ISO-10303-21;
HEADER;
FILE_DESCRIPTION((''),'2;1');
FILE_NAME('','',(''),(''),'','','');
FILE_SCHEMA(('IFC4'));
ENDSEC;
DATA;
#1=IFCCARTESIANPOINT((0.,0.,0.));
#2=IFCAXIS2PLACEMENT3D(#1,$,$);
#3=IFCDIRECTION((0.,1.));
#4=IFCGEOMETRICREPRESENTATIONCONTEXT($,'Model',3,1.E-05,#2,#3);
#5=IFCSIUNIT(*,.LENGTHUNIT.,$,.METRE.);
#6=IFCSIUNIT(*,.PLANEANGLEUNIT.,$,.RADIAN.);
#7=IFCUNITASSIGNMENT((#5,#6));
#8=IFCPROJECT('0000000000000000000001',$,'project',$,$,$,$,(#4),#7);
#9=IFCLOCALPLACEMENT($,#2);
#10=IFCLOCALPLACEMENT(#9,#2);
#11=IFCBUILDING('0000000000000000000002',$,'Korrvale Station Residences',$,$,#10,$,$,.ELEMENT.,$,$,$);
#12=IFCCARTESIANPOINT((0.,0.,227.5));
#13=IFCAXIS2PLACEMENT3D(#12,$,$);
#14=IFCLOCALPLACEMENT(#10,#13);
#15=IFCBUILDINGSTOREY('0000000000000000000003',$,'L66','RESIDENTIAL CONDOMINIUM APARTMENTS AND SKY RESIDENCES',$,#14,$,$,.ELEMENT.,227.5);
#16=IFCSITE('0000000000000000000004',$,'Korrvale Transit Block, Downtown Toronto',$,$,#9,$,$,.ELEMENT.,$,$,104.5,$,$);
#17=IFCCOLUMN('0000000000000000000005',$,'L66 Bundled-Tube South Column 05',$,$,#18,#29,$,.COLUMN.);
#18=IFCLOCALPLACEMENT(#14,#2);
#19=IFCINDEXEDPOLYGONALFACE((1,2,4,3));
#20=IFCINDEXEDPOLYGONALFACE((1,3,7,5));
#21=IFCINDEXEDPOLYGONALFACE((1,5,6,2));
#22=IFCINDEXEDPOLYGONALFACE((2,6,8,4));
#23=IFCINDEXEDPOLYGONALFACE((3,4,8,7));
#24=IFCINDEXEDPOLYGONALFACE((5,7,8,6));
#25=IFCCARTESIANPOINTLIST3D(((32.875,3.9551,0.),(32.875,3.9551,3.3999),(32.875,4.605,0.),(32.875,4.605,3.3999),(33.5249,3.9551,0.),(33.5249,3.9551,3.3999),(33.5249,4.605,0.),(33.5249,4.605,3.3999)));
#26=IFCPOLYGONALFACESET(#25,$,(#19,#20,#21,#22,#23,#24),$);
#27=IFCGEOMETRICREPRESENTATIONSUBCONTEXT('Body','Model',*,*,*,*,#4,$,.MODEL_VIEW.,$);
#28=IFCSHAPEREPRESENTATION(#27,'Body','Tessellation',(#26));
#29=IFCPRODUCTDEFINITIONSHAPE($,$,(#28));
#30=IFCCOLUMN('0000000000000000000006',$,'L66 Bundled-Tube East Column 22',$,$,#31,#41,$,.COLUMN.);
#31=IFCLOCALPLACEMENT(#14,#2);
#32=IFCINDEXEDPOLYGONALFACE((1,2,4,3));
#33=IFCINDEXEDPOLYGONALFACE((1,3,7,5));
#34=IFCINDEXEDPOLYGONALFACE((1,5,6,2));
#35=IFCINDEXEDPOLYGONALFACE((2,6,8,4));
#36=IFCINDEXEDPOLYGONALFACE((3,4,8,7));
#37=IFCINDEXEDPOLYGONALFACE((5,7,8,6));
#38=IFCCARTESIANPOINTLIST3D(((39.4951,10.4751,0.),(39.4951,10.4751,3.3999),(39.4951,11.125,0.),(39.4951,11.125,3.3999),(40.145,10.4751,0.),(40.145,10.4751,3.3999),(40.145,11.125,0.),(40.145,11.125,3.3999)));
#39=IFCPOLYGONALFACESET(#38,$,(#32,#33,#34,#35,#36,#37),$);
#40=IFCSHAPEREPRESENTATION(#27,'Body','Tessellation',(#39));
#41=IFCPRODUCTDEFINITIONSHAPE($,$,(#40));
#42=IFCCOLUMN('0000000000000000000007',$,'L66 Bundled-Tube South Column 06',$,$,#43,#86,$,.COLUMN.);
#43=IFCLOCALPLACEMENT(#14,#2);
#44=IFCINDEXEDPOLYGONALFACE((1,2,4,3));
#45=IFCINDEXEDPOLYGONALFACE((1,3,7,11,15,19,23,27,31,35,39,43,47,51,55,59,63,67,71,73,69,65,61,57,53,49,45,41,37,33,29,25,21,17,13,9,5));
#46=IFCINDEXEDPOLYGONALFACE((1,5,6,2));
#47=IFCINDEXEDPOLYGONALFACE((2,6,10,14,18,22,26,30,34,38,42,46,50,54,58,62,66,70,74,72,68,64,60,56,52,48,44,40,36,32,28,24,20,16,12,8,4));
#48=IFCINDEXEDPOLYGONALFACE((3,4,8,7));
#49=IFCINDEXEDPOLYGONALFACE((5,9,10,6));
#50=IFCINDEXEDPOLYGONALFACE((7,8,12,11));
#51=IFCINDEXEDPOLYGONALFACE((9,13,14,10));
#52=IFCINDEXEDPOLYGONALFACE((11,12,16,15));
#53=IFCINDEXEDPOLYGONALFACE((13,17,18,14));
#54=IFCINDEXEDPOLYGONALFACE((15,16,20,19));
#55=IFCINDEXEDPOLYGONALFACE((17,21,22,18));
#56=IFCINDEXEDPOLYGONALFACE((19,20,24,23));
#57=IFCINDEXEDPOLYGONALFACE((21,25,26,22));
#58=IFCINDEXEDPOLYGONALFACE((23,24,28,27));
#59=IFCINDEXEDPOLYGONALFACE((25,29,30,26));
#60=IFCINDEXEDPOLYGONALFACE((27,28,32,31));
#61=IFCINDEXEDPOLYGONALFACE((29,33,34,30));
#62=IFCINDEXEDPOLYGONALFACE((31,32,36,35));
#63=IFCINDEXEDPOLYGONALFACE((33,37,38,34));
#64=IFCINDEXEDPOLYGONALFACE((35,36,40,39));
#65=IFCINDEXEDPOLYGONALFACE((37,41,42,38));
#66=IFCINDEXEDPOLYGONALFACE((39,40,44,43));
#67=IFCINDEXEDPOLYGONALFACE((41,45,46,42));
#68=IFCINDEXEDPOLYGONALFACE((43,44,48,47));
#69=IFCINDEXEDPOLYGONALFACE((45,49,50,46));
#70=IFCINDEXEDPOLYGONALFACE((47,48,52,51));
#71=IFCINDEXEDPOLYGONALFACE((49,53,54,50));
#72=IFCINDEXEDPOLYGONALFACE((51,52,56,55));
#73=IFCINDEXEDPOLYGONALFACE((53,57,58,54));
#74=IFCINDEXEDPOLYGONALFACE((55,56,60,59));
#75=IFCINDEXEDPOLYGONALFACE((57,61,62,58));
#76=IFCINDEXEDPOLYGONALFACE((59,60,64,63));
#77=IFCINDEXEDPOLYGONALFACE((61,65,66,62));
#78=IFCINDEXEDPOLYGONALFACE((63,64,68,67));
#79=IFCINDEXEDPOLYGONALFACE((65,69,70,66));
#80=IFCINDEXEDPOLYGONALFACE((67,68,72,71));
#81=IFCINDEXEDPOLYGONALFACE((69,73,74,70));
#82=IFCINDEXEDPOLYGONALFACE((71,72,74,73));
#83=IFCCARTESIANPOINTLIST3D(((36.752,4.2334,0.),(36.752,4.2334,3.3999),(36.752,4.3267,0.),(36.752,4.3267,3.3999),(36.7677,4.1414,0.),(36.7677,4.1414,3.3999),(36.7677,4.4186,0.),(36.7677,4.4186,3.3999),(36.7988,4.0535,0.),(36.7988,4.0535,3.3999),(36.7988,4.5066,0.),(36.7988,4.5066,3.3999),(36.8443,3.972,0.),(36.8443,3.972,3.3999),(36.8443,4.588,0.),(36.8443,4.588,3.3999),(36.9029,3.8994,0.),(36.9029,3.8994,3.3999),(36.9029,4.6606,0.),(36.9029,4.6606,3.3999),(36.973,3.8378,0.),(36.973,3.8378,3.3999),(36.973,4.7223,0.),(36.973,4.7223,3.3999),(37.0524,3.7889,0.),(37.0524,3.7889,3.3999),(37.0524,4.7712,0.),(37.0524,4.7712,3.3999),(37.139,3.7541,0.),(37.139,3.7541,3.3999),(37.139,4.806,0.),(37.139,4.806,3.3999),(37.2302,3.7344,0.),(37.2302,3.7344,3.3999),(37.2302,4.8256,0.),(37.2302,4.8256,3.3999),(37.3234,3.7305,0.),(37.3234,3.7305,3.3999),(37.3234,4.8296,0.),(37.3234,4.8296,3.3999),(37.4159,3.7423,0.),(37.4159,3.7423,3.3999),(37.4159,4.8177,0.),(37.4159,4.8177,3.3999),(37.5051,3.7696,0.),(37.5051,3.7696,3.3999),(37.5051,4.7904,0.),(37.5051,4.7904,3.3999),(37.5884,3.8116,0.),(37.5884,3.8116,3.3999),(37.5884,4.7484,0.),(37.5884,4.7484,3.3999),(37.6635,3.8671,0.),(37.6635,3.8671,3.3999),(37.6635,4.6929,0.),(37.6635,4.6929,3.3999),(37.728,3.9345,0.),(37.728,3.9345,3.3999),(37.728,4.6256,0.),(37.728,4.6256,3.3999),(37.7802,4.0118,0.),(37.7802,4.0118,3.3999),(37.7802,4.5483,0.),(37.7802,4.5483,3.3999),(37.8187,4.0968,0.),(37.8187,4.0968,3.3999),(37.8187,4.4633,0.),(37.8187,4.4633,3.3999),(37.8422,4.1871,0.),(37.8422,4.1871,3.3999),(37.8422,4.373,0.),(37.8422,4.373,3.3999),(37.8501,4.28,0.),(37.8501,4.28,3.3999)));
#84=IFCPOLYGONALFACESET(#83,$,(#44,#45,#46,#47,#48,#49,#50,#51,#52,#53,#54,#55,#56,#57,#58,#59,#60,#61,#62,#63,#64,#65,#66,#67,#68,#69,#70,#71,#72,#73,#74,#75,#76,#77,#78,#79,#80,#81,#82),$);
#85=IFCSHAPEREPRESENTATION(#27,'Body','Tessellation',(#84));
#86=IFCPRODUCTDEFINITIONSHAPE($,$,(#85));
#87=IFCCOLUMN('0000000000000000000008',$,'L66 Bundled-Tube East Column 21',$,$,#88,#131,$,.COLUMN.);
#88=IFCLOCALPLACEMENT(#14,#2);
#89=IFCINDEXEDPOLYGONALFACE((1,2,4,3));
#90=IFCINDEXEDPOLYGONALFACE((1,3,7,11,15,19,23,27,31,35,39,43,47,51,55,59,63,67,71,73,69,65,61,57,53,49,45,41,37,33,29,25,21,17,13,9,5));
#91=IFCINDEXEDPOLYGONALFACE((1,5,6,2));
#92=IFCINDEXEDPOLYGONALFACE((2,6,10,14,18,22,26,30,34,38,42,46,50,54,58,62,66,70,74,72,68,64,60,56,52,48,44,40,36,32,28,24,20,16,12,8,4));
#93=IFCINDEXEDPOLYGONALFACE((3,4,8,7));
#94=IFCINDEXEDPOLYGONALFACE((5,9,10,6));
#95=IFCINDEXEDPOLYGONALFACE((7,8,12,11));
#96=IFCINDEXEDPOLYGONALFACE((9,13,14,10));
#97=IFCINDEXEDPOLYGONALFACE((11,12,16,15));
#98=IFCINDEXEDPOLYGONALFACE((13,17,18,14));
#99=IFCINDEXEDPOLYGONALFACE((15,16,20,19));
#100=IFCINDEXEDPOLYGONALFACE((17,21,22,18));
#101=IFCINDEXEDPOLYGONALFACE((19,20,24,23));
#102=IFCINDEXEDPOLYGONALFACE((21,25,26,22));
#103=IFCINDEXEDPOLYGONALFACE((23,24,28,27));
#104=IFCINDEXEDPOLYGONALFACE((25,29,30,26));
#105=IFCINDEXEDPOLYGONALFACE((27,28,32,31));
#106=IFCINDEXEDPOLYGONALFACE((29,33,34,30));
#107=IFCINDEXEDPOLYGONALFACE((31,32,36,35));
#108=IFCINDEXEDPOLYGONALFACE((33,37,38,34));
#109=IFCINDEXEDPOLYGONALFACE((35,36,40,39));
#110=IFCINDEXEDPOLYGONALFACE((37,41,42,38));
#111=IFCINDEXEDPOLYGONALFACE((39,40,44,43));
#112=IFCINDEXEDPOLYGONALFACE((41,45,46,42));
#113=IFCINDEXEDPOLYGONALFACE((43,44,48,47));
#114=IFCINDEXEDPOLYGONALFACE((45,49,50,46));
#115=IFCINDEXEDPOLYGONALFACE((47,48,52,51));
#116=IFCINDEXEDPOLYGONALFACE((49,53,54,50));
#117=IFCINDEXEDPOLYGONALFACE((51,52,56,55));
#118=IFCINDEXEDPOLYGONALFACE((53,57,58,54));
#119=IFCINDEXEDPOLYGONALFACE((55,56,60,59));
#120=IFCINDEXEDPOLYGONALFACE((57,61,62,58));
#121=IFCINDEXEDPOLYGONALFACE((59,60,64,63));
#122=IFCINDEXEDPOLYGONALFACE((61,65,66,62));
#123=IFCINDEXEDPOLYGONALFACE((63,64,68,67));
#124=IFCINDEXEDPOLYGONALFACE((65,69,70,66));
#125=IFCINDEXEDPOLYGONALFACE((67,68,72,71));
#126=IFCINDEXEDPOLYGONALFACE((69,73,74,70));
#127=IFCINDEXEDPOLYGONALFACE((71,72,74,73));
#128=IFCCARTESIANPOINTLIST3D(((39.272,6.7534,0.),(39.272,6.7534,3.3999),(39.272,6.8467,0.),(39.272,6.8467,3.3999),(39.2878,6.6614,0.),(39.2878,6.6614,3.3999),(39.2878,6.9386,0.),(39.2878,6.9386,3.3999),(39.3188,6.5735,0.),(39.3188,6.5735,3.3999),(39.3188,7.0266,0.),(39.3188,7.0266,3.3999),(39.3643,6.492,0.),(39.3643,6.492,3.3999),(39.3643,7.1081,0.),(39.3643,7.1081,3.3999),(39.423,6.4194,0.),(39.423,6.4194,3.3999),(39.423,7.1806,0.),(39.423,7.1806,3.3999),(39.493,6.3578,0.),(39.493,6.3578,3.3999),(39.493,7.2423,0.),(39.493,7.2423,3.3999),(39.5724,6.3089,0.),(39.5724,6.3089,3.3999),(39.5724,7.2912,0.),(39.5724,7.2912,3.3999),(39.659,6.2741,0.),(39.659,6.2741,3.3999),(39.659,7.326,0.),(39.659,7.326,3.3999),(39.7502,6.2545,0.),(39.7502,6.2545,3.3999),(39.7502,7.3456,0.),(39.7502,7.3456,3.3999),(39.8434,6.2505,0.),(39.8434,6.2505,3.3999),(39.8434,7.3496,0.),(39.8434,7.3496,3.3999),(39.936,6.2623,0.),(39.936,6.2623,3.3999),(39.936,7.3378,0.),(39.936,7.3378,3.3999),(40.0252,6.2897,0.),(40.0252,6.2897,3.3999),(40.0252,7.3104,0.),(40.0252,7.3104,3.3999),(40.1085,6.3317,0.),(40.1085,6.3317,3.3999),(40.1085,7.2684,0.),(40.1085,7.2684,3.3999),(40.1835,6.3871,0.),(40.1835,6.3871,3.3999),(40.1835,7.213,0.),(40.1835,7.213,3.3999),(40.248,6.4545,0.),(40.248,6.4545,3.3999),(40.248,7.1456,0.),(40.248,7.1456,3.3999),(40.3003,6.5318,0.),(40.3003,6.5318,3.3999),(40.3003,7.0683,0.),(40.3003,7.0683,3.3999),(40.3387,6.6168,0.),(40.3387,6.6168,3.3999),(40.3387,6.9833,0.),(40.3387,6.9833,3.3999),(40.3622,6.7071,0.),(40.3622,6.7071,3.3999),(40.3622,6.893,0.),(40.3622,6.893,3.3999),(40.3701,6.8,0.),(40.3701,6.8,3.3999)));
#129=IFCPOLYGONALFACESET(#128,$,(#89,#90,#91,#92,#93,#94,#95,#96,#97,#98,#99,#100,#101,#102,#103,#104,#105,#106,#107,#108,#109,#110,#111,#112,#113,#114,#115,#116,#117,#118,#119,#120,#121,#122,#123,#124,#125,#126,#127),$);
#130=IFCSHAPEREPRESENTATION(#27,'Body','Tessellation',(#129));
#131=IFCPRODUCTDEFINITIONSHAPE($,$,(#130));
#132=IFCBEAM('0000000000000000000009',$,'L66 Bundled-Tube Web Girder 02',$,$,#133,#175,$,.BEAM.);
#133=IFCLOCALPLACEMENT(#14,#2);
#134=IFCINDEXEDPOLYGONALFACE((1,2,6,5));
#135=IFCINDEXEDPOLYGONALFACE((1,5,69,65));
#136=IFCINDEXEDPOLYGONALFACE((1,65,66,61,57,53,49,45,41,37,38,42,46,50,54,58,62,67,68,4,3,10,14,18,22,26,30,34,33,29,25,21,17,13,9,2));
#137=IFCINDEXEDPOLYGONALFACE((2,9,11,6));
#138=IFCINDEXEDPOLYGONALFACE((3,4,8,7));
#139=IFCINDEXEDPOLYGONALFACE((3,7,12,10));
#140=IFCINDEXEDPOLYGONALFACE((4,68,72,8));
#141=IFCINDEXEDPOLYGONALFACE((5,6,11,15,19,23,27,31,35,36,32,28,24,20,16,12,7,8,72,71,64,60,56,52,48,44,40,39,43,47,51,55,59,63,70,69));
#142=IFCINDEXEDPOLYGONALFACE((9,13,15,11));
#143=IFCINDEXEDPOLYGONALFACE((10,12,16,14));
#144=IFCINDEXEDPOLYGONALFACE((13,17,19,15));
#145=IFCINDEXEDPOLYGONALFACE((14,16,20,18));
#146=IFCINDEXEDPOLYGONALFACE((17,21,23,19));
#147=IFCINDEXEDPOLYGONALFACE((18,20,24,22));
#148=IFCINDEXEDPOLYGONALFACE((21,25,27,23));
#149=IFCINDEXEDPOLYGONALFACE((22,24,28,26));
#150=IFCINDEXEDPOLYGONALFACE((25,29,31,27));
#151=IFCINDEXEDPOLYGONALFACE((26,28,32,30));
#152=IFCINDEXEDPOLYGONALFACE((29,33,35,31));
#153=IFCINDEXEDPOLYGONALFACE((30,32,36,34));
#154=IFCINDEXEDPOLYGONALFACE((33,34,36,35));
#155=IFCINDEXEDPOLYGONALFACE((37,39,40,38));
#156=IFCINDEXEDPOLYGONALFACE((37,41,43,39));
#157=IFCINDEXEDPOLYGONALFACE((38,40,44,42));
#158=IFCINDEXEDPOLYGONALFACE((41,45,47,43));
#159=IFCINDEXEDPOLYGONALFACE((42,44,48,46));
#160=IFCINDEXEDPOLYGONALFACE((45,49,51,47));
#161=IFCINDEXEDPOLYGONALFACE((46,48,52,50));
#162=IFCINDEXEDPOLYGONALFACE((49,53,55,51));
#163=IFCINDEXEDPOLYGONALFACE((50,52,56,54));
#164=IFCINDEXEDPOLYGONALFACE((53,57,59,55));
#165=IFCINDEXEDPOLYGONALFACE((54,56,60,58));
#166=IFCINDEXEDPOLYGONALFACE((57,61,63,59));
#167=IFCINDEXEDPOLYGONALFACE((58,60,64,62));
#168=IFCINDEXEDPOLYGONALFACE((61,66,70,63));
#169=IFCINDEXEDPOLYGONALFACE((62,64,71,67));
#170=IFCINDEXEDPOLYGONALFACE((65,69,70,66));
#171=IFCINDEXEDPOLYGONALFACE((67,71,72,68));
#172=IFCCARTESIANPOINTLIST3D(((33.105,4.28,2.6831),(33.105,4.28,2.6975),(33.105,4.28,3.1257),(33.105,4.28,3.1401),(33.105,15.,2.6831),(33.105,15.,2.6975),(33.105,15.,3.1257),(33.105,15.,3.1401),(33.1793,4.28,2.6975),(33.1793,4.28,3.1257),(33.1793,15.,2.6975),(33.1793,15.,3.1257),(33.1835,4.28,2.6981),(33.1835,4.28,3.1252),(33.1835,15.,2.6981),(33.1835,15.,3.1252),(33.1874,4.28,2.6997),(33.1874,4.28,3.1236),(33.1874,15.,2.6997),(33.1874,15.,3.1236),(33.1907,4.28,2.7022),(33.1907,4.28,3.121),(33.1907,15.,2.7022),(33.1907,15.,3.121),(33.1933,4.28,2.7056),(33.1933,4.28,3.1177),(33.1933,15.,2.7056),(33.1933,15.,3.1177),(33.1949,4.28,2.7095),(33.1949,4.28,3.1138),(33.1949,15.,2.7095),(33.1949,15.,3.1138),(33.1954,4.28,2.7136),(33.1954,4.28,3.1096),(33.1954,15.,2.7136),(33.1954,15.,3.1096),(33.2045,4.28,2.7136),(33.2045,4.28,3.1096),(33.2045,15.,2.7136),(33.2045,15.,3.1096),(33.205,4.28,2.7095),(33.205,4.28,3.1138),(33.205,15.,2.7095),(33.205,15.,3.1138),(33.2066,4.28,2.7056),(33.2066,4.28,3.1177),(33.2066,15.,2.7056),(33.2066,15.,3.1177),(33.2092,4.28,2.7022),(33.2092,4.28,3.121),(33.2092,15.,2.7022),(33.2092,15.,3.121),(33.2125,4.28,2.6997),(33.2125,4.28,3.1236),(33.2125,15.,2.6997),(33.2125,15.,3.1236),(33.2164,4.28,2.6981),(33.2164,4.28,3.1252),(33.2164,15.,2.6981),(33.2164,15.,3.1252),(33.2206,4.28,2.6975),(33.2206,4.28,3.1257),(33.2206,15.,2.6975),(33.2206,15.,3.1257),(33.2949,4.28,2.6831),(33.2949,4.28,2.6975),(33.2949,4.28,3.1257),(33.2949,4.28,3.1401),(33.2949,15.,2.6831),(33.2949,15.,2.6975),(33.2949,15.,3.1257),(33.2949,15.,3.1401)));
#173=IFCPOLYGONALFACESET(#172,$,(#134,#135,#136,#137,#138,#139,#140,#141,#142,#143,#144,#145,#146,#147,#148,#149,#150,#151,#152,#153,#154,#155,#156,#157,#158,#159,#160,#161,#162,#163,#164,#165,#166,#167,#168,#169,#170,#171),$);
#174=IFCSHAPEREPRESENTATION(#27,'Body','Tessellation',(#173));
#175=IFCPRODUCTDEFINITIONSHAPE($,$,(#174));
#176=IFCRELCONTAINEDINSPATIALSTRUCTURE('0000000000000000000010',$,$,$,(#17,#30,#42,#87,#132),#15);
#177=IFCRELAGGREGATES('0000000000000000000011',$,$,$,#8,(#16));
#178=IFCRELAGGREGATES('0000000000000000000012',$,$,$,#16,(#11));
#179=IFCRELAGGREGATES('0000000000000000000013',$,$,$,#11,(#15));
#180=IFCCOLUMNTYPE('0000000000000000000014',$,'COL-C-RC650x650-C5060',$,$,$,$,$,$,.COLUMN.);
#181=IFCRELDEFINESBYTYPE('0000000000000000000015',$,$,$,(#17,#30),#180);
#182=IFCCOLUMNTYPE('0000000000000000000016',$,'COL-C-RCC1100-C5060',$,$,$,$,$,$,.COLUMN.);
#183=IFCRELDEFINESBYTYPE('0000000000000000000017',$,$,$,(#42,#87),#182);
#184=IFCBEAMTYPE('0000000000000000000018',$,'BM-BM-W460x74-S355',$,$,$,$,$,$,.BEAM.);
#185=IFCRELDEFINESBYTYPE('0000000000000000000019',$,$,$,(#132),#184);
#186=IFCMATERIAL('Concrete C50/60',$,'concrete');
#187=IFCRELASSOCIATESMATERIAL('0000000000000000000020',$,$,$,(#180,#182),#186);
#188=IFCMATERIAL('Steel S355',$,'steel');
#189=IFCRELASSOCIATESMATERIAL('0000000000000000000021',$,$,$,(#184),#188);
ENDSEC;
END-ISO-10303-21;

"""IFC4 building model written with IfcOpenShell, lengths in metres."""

from ifc_helpers import new_model, si_unit, direction, frame, origin, origin_2d, place, context, subcontext, project, spatial, rectangle, circle, i_section, extrude, material, material_profile, profile_set, type_object, element, save


model = new_model("IFC4")

# Units and contexts
model_context = context("Model", 3, precision=1e-05, world=origin(), true_north=direction((0.0, 1.0)))
body_context = subcontext(model_context, "Body", "Model", "MODEL_VIEW")
ifc_project = project(units=[si_unit("LENGTHUNIT", "METRE"), si_unit("PLANEANGLEUNIT", "RADIAN")], contexts=[model_context])

# Site, building, storey
site_placement = place(None, origin())
site = spatial("IfcSite", under=ifc_project, at=site_placement, Name="Korrvale Transit Block, Downtown Toronto", CompositionType="ELEMENT", RefElevation=104.5)
building_placement = place(site_placement, origin())
building = spatial("IfcBuilding", under=site, at=building_placement, Name="Korrvale Station Residences", CompositionType="ELEMENT")
storey_placement = place(building_placement, frame((0.0, 0.0, 227.5)))
storey = spatial("IfcBuildingStorey", under=building, at=storey_placement, Name="L66", Description="RESIDENTIAL CONDOMINIUM APARTMENTS AND SKY RESIDENCES", CompositionType="ELEMENT", Elevation=227.5)

# Columns
ifc_material_1 = material(Name="Concrete C50/60", Category="concrete")
ifc_material_profile_1 = material_profile(ifc_material_1, rectangle(XDim=0.6499, YDim=0.6499, at=origin_2d()), Name="RC650x650")
ifc_profile_set_1 = profile_set([ifc_material_profile_1], Name="Concrete C50/60")
column_type_1 = type_object("IfcColumnType", Name="COL-C-RC650x650-C5060", PredefinedType="COLUMN", material=ifc_profile_set_1)
for number, where, z_axis, x_axis, name in (
    (1, (33.2, 4.28, 0.0), (0.0, 0.0, 1.0), (1.0, 0.0, 0.0), "L66 Bundled-Tube South Column 05"),
    (2, (39.8201, 10.8, 0.0), (0.0, 0.0, 1.0), (1.0, 0.0, 0.0), "L66 Bundled-Tube East Column 22"),
):
    element("IfcColumn", number, at=place(storey_placement, frame(where, z_axis=z_axis, x_axis=x_axis)), inside=storey, type_object=column_type_1, Name=name, PredefinedType="COLUMN", context=body_context, shape_type="SweptSolid", body=[
        extrude(rectangle(XDim=0.6499, YDim=0.6499, at=origin_2d()), origin(), (0.0, 0.0, 1.0), 3.3999),
    ])
ifc_material_profile_2 = material_profile(ifc_material_1, circle(Radius=0.55, at=origin_2d()), Name="RCC1100")
ifc_profile_set_2 = profile_set([ifc_material_profile_2], Name="Concrete C50/60")
column_type_2 = type_object("IfcColumnType", Name="COL-C-RCC1100-C5060", PredefinedType="COLUMN", material=ifc_profile_set_2)
for number, where, z_axis, x_axis, name in (
    (3, (37.3, 4.28, 0.0), (0.0, 0.0, 1.0), (1.0, 0.0, 0.0), "L66 Bundled-Tube South Column 06"),
    (4, (39.8201, 6.8, 0.0), (0.0, 0.0, 1.0), (1.0, 0.0, 0.0), "L66 Bundled-Tube East Column 21"),
):
    element("IfcColumn", number, at=place(storey_placement, frame(where, z_axis=z_axis, x_axis=x_axis)), inside=storey, type_object=column_type_2, Name=name, PredefinedType="COLUMN", context=body_context, shape_type="SweptSolid", body=[
        extrude(circle(Radius=0.55, at=origin_2d()), origin(), (0.0, 0.0, 1.0), 3.3999),
    ])

# Beam
ifc_material_2 = material(Name="Steel S355", Category="steel")
ifc_material_profile_3 = material_profile(ifc_material_2, i_section(OverallWidth=0.1899, OverallDepth=0.457, WebThickness=0.009, FlangeThickness=0.0144, FilletRadius=0.0161, at=origin_2d()), Name="W460x74")
ifc_profile_set_3 = profile_set([ifc_material_profile_3], Name="Steel S355")
beam_type_1 = type_object("IfcBeamType", Name="BM-BM-W460x74-S355", PredefinedType="BEAM", material=ifc_profile_set_3)
beam_1_placement = place(storey_placement, frame((33.2, 4.28, 2.9116), z_axis=(0.0, 1.0, 0.0), x_axis=(-1.0, 0.0, 0.0)))
element("IfcBeam", 5, at=beam_1_placement, inside=storey, type_object=beam_type_1, Name="L66 Bundled-Tube Web Girder 02", PredefinedType="BEAM", context=body_context, shape_type="SweptSolid", body=[
    extrude(i_section(OverallWidth=0.1899, OverallDepth=0.457, WebThickness=0.009, FlangeThickness=0.0144, FilletRadius=0.0161, at=origin_2d()), origin(), (0.0, 0.0, 1.0), 10.72),
])

save(model, "model.ifc")
